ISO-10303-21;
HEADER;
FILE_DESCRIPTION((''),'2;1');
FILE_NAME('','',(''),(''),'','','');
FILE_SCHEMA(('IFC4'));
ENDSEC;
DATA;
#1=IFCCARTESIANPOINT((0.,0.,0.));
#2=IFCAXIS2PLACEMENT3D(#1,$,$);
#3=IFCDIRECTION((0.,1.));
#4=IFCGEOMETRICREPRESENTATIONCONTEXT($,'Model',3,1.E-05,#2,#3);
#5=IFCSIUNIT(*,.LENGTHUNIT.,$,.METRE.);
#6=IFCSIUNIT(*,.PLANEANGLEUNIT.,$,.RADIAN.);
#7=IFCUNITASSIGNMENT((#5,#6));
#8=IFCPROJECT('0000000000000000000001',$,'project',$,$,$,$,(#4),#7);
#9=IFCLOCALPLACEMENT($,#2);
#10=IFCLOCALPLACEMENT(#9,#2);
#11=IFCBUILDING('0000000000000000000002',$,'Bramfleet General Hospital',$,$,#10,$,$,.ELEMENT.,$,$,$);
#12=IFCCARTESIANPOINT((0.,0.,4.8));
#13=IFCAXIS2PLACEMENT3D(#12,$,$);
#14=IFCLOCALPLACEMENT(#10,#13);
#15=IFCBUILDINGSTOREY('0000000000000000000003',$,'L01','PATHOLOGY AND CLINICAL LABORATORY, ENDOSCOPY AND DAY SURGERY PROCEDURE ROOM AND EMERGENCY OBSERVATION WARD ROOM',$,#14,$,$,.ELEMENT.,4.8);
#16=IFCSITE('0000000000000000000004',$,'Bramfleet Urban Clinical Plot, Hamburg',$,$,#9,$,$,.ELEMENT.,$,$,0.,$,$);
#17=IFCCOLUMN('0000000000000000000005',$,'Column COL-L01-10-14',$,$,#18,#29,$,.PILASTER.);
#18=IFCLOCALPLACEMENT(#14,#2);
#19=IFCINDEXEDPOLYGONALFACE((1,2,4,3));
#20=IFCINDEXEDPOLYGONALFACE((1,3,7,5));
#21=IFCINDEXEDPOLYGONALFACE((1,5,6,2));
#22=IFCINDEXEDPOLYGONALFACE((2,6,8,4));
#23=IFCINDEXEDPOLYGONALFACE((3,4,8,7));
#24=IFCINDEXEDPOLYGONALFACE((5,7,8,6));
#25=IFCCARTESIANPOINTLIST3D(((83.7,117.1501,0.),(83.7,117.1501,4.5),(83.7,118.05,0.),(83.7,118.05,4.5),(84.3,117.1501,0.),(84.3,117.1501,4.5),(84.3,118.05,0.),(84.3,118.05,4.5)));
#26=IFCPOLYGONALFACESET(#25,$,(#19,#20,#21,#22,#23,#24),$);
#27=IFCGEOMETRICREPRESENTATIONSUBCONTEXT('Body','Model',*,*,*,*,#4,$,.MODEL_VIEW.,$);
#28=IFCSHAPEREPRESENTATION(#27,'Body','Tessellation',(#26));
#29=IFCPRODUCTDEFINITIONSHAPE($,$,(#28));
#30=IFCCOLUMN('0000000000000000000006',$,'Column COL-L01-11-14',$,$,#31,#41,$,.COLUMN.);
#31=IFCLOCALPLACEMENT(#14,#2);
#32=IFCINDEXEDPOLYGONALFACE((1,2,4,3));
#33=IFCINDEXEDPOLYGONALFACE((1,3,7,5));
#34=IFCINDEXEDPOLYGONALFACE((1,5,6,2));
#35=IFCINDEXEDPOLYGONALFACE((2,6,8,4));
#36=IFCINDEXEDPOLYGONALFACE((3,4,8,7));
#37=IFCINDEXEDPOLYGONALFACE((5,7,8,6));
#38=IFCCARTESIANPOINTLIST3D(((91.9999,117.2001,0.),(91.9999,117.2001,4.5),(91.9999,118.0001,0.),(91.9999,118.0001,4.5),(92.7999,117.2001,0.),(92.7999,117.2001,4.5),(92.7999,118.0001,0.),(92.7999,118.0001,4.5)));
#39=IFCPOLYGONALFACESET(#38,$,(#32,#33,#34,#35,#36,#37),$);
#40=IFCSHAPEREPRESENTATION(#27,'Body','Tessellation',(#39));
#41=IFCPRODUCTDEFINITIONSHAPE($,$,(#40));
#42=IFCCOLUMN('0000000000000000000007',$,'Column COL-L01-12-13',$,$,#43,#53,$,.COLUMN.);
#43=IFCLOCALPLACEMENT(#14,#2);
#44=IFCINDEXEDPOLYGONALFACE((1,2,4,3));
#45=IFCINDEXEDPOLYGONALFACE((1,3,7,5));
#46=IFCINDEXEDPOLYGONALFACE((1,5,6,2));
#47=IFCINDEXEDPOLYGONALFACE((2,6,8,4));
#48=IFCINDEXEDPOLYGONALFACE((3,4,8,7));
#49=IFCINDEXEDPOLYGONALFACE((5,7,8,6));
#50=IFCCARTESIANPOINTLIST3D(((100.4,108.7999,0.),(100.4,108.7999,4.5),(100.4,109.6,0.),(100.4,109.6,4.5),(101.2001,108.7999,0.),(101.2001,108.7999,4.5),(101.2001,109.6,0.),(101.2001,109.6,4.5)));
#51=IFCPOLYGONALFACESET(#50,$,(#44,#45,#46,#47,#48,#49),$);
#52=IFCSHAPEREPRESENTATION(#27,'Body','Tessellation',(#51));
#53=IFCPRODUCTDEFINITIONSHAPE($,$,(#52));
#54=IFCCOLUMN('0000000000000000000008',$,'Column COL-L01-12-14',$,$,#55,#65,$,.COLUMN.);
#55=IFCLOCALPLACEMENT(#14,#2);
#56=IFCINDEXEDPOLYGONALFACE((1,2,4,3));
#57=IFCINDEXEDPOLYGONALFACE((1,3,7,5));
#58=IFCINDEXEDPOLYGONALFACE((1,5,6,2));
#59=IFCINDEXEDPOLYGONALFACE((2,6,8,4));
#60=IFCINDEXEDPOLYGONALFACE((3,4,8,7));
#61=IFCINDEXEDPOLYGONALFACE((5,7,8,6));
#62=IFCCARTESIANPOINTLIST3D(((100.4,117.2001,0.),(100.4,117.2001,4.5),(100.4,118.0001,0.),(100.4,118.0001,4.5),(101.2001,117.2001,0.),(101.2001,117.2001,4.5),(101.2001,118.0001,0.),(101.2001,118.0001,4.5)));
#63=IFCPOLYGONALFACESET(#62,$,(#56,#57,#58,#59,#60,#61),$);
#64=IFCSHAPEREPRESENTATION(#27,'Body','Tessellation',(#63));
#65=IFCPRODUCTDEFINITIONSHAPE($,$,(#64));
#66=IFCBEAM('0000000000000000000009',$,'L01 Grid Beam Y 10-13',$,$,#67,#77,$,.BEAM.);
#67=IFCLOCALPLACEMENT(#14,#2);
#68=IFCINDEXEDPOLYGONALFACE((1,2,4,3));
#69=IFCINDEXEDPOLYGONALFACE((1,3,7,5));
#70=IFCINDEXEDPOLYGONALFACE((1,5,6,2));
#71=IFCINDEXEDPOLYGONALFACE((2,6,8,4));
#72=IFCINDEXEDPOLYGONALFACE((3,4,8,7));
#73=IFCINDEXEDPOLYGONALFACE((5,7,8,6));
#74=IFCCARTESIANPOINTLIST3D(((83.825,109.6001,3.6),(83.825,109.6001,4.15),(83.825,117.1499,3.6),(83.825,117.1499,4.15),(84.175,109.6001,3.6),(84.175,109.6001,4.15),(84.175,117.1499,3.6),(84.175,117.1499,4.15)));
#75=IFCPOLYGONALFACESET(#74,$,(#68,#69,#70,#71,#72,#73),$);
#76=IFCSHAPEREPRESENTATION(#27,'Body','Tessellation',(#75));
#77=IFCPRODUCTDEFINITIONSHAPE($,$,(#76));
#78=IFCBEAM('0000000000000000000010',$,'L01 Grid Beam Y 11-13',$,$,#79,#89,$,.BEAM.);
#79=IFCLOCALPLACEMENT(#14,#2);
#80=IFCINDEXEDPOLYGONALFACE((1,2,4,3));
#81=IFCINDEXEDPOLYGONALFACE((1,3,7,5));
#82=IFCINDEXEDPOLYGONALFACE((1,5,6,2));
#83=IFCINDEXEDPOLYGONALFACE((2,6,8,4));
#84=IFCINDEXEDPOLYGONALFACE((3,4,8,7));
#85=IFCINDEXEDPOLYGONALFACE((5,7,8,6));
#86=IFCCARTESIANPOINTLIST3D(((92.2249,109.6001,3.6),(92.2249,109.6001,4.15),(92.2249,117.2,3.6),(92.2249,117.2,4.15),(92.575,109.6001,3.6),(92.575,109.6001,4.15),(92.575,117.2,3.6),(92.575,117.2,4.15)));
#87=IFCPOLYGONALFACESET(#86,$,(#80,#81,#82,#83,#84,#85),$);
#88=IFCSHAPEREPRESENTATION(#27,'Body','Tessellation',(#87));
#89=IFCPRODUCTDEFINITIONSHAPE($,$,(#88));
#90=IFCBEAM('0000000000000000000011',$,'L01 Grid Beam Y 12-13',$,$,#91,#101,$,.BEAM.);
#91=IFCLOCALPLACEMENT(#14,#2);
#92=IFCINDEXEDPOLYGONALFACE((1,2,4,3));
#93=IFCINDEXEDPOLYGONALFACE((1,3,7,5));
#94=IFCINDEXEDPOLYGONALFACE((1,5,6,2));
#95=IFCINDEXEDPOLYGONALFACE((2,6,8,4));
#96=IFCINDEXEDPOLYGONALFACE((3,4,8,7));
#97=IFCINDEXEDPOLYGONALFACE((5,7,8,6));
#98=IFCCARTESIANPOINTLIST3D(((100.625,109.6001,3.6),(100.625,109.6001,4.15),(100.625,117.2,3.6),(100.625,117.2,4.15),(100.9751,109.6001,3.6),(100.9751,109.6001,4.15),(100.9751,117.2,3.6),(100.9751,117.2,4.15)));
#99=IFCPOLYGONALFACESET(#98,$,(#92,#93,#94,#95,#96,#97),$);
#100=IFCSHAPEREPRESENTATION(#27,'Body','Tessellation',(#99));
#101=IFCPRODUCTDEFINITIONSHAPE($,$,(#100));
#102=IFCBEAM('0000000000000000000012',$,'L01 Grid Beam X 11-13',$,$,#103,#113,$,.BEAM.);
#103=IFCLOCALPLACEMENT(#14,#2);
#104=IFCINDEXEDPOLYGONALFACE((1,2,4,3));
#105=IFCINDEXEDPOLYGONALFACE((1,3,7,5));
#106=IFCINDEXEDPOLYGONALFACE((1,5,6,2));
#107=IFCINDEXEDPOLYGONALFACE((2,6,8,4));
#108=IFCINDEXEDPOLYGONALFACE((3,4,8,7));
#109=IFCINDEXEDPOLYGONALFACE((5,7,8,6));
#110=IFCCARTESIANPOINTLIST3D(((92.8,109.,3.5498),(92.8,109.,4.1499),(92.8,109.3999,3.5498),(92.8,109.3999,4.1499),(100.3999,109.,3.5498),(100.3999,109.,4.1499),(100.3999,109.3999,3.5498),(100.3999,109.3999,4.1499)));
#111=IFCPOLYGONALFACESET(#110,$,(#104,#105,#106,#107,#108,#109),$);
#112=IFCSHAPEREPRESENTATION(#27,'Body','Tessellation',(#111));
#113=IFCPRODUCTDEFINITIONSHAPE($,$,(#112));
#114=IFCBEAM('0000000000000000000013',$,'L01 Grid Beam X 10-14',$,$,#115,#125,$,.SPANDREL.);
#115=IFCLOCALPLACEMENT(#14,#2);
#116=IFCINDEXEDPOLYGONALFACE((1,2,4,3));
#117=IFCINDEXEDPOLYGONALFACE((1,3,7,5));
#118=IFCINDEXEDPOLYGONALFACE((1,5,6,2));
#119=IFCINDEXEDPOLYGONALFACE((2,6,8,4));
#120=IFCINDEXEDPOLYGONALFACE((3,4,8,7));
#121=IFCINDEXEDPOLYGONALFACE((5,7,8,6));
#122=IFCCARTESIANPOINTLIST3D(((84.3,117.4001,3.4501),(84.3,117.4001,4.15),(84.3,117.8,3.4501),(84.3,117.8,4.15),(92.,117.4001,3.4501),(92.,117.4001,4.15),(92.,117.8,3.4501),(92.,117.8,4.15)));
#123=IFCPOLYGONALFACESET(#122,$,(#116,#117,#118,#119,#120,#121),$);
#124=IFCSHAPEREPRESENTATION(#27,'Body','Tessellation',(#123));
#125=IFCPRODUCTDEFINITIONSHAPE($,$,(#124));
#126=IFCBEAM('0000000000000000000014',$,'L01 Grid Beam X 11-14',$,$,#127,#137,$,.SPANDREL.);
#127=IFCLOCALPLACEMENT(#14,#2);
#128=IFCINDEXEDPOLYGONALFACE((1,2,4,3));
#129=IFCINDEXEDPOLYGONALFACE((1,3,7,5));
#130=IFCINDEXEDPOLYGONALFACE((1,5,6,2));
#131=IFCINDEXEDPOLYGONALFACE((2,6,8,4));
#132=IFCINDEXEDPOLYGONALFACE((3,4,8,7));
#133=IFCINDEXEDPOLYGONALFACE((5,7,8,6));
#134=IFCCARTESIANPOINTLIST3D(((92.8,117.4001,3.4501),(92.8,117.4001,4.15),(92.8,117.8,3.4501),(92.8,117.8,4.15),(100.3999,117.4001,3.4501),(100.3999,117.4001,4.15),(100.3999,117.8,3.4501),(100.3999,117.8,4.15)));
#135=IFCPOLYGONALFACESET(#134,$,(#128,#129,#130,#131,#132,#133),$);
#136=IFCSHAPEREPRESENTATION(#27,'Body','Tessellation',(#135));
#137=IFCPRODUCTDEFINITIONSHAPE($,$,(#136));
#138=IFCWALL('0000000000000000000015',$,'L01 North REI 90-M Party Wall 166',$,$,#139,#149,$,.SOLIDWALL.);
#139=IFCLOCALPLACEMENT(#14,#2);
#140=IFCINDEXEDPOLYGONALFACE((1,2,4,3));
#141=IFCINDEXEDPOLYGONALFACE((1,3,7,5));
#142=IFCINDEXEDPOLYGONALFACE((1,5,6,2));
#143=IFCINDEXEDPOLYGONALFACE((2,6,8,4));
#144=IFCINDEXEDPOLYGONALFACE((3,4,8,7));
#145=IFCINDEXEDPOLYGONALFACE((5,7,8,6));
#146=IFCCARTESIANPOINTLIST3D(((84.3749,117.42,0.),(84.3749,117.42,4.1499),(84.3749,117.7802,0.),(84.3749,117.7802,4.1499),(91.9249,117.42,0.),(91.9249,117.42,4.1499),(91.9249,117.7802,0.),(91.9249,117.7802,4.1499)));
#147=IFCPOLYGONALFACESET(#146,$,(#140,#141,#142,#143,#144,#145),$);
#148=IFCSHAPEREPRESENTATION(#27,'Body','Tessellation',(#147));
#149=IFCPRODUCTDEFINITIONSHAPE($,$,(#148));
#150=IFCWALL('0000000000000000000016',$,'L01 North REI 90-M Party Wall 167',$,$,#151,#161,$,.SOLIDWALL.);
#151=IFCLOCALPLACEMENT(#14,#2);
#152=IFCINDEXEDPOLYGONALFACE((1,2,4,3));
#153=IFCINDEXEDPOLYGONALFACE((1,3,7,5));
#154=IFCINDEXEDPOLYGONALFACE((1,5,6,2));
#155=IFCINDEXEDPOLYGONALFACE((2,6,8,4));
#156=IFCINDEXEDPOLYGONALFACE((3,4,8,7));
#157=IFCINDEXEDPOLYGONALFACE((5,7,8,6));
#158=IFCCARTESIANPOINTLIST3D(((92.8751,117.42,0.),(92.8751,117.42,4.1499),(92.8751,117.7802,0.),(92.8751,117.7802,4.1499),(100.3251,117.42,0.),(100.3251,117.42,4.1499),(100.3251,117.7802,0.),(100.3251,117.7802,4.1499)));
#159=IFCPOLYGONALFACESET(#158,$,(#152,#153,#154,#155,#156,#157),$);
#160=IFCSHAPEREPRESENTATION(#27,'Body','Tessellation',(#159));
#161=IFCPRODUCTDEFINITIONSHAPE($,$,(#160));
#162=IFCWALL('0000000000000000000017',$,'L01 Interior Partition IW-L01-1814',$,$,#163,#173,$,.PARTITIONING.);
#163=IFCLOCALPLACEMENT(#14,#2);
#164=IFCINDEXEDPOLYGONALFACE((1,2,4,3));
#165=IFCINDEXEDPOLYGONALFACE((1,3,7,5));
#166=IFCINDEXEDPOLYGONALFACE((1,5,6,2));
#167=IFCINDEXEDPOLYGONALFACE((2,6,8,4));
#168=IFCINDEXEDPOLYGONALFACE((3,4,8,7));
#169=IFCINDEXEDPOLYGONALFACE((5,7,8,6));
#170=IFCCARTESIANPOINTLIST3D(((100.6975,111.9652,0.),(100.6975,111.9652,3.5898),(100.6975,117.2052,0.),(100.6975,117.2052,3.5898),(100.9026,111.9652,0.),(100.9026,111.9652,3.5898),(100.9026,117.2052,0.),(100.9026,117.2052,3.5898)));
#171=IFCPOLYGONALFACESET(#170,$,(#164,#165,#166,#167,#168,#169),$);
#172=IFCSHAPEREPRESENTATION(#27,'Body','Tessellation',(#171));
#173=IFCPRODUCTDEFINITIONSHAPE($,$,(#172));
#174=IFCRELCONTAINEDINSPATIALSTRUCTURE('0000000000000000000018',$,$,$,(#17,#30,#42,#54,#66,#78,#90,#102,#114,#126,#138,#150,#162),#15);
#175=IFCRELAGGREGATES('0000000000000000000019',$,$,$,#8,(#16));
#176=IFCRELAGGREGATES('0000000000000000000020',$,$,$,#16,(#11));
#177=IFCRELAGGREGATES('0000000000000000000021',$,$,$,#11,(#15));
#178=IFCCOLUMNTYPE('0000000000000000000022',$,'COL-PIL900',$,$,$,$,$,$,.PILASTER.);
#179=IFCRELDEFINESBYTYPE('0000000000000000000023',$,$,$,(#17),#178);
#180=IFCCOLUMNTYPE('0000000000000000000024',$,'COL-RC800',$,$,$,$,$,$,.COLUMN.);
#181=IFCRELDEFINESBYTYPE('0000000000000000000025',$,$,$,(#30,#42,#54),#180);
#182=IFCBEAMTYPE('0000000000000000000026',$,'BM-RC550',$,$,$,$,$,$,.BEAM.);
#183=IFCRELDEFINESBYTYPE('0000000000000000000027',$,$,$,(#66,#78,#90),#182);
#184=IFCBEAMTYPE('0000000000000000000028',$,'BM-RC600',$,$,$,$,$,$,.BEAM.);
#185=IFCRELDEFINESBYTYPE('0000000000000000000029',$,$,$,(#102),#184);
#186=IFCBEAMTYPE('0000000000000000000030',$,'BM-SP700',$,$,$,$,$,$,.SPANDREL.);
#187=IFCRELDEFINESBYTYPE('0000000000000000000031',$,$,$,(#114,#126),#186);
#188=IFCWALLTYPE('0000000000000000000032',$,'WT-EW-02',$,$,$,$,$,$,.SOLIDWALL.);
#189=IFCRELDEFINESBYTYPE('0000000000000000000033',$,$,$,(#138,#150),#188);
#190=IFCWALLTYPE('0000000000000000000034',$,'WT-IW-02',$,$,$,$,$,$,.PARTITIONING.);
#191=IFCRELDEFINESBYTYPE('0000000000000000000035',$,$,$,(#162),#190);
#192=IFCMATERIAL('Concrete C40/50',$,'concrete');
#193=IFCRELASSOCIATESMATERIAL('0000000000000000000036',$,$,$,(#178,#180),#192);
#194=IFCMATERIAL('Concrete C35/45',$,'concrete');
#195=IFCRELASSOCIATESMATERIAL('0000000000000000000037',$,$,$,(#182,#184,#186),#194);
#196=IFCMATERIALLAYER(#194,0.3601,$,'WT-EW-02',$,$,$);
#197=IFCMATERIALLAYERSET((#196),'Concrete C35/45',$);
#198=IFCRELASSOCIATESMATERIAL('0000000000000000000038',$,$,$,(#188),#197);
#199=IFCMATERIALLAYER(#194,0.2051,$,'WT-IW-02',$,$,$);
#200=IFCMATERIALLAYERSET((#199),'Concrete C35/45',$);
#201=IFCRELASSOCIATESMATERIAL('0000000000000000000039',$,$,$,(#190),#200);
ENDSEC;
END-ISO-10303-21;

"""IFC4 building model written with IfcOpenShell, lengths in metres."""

from ifc_helpers import new_model, si_unit, direction, frame, frame_2d, origin, origin_2d, place, context, subcontext, project, spatial, rectangle, extrude, material, layer, layer_set, material_profile, profile_set, type_object, element, save


model = new_model("IFC4")

# Units and contexts
model_context = context("Model", 3, precision=1e-05, world=origin(), true_north=direction((0.0, 1.0)))
body_context = subcontext(model_context, "Body", "Model", "MODEL_VIEW")
ifc_project = project(units=[si_unit("LENGTHUNIT", "METRE"), si_unit("PLANEANGLEUNIT", "RADIAN")], contexts=[model_context])

# Site, building, storey
site_placement = place(None, origin())
site = spatial("IfcSite", under=ifc_project, at=site_placement, Name="Bramfleet Urban Clinical Plot, Hamburg", CompositionType="ELEMENT", RefElevation=0.0)
building_placement = place(site_placement, origin())
building = spatial("IfcBuilding", under=site, at=building_placement, Name="Bramfleet General Hospital", CompositionType="ELEMENT")
storey_placement = place(building_placement, frame((0.0, 0.0, 4.8)))
storey = spatial("IfcBuildingStorey", under=building, at=storey_placement, Name="L01", Description="PATHOLOGY AND CLINICAL LABORATORY, ENDOSCOPY AND DAY SURGERY PROCEDURE ROOM AND EMERGENCY OBSERVATION WARD ROOM", CompositionType="ELEMENT", Elevation=4.8)

# Columns
ifc_material_1 = material(Name="Concrete C40/50", Category="concrete")
ifc_material_profile_1 = material_profile(ifc_material_1, rectangle(XDim=0.6001, YDim=0.8999, at=origin_2d()), Name="RC PIL 900x600")
ifc_profile_set_1 = profile_set([ifc_material_profile_1], Name="Concrete C40/50")
column_type_1 = type_object("IfcColumnType", Name="COL-PIL900", PredefinedType="PILASTER", material=ifc_profile_set_1)
column_placement = place(storey_placement, frame((84.0, 117.6001, 0.0), z_axis=(0.0, 0.0, 1.0), x_axis=(1.0, 0.0, 0.0)))
element("IfcColumn", 1, at=column_placement, inside=storey, type_object=column_type_1, Name="Column COL-L01-10-14", PredefinedType="PILASTER", context=body_context, shape_type="SweptSolid", body=[
    extrude(rectangle(XDim=0.6001, YDim=0.8999, at=origin_2d()), origin(), (0.0, 0.0, 1.0), 4.5),
])
ifc_material_profile_2 = material_profile(ifc_material_1, rectangle(XDim=0.8, YDim=0.8, at=origin_2d()), Name="RC COL 800x800")
ifc_profile_set_2 = profile_set([ifc_material_profile_2], Name="Concrete C40/50")
column_type_2 = type_object("IfcColumnType", Name="COL-RC800", PredefinedType="COLUMN", material=ifc_profile_set_2)
for number, where, z_axis, x_axis, name in (
    (2, (92.3999, 117.6001, 0.0), (0.0, 0.0, 1.0), (1.0, 0.0, 0.0), "Column COL-L01-11-14"),
    (3, (100.8, 109.2, 0.0), (0.0, 0.0, 1.0), (1.0, 0.0, 0.0), "Column COL-L01-12-13"),
    (4, (100.8, 117.6001, 0.0), (0.0, 0.0, 1.0), (1.0, 0.0, 0.0), "Column COL-L01-12-14"),
):
    element("IfcColumn", number, at=place(storey_placement, frame(where, z_axis=z_axis, x_axis=x_axis)), inside=storey, type_object=column_type_2, Name=name, PredefinedType="COLUMN", context=body_context, shape_type="SweptSolid", body=[
        extrude(rectangle(XDim=0.8, YDim=0.8, at=origin_2d()), origin(), (0.0, 0.0, 1.0), 4.5),
    ])

# Beams
ifc_material_2 = material(Name="Concrete C35/45", Category="concrete")
ifc_material_profile_3 = material_profile(ifc_material_2, rectangle(XDim=0.3501, YDim=0.55, at=origin_2d()), Name="RC BM 550x350")
ifc_profile_set_3 = profile_set([ifc_material_profile_3], Name="Concrete C35/45")
beam_type_1 = type_object("IfcBeamType", Name="BM-RC550", PredefinedType="BEAM", material=ifc_profile_set_3)
beam_1_placement = place(storey_placement, frame((84.0, 109.6001, 3.875), z_axis=(0.0, 1.0, 0.0), x_axis=(-1.0, 0.0, 0.0)))
element("IfcBeam", 5, at=beam_1_placement, inside=storey, type_object=beam_type_1, Name="L01 Grid Beam Y 10-13", PredefinedType="BEAM", context=body_context, shape_type="SweptSolid", body=[
    extrude(rectangle(XDim=0.3501, YDim=0.55, at=origin_2d()), origin(), (0.0, 0.0, 1.0), 7.5498),
])
for number, where, z_axis, x_axis, name in (
    (6, (92.3999, 109.6001, 3.875), (0.0, 1.0, 0.0), (-1.0, 0.0, 0.0), "L01 Grid Beam Y 11-13"),
    (7, (100.8, 109.6001, 3.875), (0.0, 1.0, 0.0), (-1.0, 0.0, 0.0), "L01 Grid Beam Y 12-13"),
):
    element("IfcBeam", number, at=place(storey_placement, frame(where, z_axis=z_axis, x_axis=x_axis)), inside=storey, type_object=beam_type_1, Name=name, PredefinedType="BEAM", context=body_context, shape_type="SweptSolid", body=[
        extrude(rectangle(XDim=0.3501, YDim=0.55, at=origin_2d()), origin(), (0.0, 0.0, 1.0), 7.5999),
    ])
ifc_material_profile_4 = material_profile(ifc_material_2, rectangle(XDim=0.3999, YDim=0.6001, at=origin_2d()), Name="RC BM 600x400")
ifc_profile_set_4 = profile_set([ifc_material_profile_4], Name="Concrete C35/45")
beam_type_2 = type_object("IfcBeamType", Name="BM-RC600", PredefinedType="BEAM", material=ifc_profile_set_4)
beam_2_placement = place(storey_placement, frame((92.8, 109.2, 3.8499), z_axis=(1.0, 0.0, 0.0), x_axis=(0.0, 1.0, 0.0)))
element("IfcBeam", 8, at=beam_2_placement, inside=storey, type_object=beam_type_2, Name="L01 Grid Beam X 11-13", PredefinedType="BEAM", context=body_context, shape_type="SweptSolid", body=[
    extrude(rectangle(XDim=0.3999, YDim=0.6001, at=origin_2d()), origin(), (0.0, 0.0, 1.0), 7.5999),
])
ifc_material_profile_5 = material_profile(ifc_material_2, rectangle(XDim=0.3999, YDim=0.7, at=origin_2d()), Name="RC SP 700x400")
ifc_profile_set_5 = profile_set([ifc_material_profile_5], Name="Concrete C35/45")
beam_type_3 = type_object("IfcBeamType", Name="BM-SP700", PredefinedType="SPANDREL", material=ifc_profile_set_5)
beam_3_placement = place(storey_placement, frame((84.3, 117.6001, 3.8), z_axis=(1.0, 0.0, 0.0), x_axis=(0.0, 1.0, 0.0)))
element("IfcBeam", 9, at=beam_3_placement, inside=storey, type_object=beam_type_3, Name="L01 Grid Beam X 10-14", PredefinedType="SPANDREL", context=body_context, shape_type="SweptSolid", body=[
    extrude(rectangle(XDim=0.3999, YDim=0.7, at=origin_2d()), origin(), (0.0, 0.0, 1.0), 7.7),
])
beam_4_placement = place(storey_placement, frame((92.8, 117.6001, 3.8), z_axis=(1.0, 0.0, 0.0), x_axis=(0.0, 1.0, 0.0)))
element("IfcBeam", 10, at=beam_4_placement, inside=storey, type_object=beam_type_3, Name="L01 Grid Beam X 11-14", PredefinedType="SPANDREL", context=body_context, shape_type="SweptSolid", body=[
    extrude(rectangle(XDim=0.3999, YDim=0.7, at=origin_2d()), origin(), (0.0, 0.0, 1.0), 7.5999),
])

# Walls
ifc_layer_1 = layer(ifc_material_2, 0.3601, Name="WT-EW-02")
ifc_layer_set_1 = layer_set([ifc_layer_1], Name="Concrete C35/45")
wall_type_1 = type_object("IfcWallType", Name="WT-EW-02", PredefinedType="SOLIDWALL", material=ifc_layer_set_1)
wall_1_placement = place(storey_placement, frame((84.375, 117.6001, 0.0), z_axis=(0.0, 0.0, 1.0), x_axis=(1.0, 0.0, 0.0)))
element("IfcWall", 11, at=wall_1_placement, inside=storey, type_object=wall_type_1, Name="L01 North REI 90-M Party Wall 166", PredefinedType="SOLIDWALL", context=body_context, shape_type="SweptSolid", body=[
    extrude(rectangle(XDim=7.55, YDim=0.3601, at=frame_2d((3.7749, 0.0))), origin(), (0.0, 0.0, 1.0), 4.1499),
])
wall_2_placement = place(storey_placement, frame((92.875, 117.6001, 0.0), z_axis=(0.0, 0.0, 1.0), x_axis=(1.0, 0.0, 0.0)))
element("IfcWall", 12, at=wall_2_placement, inside=storey, type_object=wall_type_1, Name="L01 North REI 90-M Party Wall 167", PredefinedType="SOLIDWALL", context=body_context, shape_type="SweptSolid", body=[
    extrude(rectangle(XDim=7.45, YDim=0.3601, at=frame_2d((3.7251, 0.0))), origin(), (0.0, 0.0, 1.0), 4.1499),
])
ifc_layer_2 = layer(ifc_material_2, 0.2051, Name="WT-IW-02")
ifc_layer_set_2 = layer_set([ifc_layer_2], Name="Concrete C35/45")
wall_type_2 = type_object("IfcWallType", Name="WT-IW-02", PredefinedType="PARTITIONING", material=ifc_layer_set_2)
wall_3_placement = place(storey_placement, frame((100.8, 111.9651, 0.0), z_axis=(0.0, 0.0, 1.0), x_axis=(0.0, 1.0, 0.0)))
element("IfcWall", 13, at=wall_3_placement, inside=storey, type_object=wall_type_2, Name="L01 Interior Partition IW-L01-1814", PredefinedType="PARTITIONING", context=body_context, shape_type="SweptSolid", body=[
    extrude(rectangle(XDim=5.24, YDim=0.2051, at=frame_2d((2.6201, 0.0))), origin(), (0.0, 0.0, 1.0), 3.5898),
])

save(model, "model.ifc")
